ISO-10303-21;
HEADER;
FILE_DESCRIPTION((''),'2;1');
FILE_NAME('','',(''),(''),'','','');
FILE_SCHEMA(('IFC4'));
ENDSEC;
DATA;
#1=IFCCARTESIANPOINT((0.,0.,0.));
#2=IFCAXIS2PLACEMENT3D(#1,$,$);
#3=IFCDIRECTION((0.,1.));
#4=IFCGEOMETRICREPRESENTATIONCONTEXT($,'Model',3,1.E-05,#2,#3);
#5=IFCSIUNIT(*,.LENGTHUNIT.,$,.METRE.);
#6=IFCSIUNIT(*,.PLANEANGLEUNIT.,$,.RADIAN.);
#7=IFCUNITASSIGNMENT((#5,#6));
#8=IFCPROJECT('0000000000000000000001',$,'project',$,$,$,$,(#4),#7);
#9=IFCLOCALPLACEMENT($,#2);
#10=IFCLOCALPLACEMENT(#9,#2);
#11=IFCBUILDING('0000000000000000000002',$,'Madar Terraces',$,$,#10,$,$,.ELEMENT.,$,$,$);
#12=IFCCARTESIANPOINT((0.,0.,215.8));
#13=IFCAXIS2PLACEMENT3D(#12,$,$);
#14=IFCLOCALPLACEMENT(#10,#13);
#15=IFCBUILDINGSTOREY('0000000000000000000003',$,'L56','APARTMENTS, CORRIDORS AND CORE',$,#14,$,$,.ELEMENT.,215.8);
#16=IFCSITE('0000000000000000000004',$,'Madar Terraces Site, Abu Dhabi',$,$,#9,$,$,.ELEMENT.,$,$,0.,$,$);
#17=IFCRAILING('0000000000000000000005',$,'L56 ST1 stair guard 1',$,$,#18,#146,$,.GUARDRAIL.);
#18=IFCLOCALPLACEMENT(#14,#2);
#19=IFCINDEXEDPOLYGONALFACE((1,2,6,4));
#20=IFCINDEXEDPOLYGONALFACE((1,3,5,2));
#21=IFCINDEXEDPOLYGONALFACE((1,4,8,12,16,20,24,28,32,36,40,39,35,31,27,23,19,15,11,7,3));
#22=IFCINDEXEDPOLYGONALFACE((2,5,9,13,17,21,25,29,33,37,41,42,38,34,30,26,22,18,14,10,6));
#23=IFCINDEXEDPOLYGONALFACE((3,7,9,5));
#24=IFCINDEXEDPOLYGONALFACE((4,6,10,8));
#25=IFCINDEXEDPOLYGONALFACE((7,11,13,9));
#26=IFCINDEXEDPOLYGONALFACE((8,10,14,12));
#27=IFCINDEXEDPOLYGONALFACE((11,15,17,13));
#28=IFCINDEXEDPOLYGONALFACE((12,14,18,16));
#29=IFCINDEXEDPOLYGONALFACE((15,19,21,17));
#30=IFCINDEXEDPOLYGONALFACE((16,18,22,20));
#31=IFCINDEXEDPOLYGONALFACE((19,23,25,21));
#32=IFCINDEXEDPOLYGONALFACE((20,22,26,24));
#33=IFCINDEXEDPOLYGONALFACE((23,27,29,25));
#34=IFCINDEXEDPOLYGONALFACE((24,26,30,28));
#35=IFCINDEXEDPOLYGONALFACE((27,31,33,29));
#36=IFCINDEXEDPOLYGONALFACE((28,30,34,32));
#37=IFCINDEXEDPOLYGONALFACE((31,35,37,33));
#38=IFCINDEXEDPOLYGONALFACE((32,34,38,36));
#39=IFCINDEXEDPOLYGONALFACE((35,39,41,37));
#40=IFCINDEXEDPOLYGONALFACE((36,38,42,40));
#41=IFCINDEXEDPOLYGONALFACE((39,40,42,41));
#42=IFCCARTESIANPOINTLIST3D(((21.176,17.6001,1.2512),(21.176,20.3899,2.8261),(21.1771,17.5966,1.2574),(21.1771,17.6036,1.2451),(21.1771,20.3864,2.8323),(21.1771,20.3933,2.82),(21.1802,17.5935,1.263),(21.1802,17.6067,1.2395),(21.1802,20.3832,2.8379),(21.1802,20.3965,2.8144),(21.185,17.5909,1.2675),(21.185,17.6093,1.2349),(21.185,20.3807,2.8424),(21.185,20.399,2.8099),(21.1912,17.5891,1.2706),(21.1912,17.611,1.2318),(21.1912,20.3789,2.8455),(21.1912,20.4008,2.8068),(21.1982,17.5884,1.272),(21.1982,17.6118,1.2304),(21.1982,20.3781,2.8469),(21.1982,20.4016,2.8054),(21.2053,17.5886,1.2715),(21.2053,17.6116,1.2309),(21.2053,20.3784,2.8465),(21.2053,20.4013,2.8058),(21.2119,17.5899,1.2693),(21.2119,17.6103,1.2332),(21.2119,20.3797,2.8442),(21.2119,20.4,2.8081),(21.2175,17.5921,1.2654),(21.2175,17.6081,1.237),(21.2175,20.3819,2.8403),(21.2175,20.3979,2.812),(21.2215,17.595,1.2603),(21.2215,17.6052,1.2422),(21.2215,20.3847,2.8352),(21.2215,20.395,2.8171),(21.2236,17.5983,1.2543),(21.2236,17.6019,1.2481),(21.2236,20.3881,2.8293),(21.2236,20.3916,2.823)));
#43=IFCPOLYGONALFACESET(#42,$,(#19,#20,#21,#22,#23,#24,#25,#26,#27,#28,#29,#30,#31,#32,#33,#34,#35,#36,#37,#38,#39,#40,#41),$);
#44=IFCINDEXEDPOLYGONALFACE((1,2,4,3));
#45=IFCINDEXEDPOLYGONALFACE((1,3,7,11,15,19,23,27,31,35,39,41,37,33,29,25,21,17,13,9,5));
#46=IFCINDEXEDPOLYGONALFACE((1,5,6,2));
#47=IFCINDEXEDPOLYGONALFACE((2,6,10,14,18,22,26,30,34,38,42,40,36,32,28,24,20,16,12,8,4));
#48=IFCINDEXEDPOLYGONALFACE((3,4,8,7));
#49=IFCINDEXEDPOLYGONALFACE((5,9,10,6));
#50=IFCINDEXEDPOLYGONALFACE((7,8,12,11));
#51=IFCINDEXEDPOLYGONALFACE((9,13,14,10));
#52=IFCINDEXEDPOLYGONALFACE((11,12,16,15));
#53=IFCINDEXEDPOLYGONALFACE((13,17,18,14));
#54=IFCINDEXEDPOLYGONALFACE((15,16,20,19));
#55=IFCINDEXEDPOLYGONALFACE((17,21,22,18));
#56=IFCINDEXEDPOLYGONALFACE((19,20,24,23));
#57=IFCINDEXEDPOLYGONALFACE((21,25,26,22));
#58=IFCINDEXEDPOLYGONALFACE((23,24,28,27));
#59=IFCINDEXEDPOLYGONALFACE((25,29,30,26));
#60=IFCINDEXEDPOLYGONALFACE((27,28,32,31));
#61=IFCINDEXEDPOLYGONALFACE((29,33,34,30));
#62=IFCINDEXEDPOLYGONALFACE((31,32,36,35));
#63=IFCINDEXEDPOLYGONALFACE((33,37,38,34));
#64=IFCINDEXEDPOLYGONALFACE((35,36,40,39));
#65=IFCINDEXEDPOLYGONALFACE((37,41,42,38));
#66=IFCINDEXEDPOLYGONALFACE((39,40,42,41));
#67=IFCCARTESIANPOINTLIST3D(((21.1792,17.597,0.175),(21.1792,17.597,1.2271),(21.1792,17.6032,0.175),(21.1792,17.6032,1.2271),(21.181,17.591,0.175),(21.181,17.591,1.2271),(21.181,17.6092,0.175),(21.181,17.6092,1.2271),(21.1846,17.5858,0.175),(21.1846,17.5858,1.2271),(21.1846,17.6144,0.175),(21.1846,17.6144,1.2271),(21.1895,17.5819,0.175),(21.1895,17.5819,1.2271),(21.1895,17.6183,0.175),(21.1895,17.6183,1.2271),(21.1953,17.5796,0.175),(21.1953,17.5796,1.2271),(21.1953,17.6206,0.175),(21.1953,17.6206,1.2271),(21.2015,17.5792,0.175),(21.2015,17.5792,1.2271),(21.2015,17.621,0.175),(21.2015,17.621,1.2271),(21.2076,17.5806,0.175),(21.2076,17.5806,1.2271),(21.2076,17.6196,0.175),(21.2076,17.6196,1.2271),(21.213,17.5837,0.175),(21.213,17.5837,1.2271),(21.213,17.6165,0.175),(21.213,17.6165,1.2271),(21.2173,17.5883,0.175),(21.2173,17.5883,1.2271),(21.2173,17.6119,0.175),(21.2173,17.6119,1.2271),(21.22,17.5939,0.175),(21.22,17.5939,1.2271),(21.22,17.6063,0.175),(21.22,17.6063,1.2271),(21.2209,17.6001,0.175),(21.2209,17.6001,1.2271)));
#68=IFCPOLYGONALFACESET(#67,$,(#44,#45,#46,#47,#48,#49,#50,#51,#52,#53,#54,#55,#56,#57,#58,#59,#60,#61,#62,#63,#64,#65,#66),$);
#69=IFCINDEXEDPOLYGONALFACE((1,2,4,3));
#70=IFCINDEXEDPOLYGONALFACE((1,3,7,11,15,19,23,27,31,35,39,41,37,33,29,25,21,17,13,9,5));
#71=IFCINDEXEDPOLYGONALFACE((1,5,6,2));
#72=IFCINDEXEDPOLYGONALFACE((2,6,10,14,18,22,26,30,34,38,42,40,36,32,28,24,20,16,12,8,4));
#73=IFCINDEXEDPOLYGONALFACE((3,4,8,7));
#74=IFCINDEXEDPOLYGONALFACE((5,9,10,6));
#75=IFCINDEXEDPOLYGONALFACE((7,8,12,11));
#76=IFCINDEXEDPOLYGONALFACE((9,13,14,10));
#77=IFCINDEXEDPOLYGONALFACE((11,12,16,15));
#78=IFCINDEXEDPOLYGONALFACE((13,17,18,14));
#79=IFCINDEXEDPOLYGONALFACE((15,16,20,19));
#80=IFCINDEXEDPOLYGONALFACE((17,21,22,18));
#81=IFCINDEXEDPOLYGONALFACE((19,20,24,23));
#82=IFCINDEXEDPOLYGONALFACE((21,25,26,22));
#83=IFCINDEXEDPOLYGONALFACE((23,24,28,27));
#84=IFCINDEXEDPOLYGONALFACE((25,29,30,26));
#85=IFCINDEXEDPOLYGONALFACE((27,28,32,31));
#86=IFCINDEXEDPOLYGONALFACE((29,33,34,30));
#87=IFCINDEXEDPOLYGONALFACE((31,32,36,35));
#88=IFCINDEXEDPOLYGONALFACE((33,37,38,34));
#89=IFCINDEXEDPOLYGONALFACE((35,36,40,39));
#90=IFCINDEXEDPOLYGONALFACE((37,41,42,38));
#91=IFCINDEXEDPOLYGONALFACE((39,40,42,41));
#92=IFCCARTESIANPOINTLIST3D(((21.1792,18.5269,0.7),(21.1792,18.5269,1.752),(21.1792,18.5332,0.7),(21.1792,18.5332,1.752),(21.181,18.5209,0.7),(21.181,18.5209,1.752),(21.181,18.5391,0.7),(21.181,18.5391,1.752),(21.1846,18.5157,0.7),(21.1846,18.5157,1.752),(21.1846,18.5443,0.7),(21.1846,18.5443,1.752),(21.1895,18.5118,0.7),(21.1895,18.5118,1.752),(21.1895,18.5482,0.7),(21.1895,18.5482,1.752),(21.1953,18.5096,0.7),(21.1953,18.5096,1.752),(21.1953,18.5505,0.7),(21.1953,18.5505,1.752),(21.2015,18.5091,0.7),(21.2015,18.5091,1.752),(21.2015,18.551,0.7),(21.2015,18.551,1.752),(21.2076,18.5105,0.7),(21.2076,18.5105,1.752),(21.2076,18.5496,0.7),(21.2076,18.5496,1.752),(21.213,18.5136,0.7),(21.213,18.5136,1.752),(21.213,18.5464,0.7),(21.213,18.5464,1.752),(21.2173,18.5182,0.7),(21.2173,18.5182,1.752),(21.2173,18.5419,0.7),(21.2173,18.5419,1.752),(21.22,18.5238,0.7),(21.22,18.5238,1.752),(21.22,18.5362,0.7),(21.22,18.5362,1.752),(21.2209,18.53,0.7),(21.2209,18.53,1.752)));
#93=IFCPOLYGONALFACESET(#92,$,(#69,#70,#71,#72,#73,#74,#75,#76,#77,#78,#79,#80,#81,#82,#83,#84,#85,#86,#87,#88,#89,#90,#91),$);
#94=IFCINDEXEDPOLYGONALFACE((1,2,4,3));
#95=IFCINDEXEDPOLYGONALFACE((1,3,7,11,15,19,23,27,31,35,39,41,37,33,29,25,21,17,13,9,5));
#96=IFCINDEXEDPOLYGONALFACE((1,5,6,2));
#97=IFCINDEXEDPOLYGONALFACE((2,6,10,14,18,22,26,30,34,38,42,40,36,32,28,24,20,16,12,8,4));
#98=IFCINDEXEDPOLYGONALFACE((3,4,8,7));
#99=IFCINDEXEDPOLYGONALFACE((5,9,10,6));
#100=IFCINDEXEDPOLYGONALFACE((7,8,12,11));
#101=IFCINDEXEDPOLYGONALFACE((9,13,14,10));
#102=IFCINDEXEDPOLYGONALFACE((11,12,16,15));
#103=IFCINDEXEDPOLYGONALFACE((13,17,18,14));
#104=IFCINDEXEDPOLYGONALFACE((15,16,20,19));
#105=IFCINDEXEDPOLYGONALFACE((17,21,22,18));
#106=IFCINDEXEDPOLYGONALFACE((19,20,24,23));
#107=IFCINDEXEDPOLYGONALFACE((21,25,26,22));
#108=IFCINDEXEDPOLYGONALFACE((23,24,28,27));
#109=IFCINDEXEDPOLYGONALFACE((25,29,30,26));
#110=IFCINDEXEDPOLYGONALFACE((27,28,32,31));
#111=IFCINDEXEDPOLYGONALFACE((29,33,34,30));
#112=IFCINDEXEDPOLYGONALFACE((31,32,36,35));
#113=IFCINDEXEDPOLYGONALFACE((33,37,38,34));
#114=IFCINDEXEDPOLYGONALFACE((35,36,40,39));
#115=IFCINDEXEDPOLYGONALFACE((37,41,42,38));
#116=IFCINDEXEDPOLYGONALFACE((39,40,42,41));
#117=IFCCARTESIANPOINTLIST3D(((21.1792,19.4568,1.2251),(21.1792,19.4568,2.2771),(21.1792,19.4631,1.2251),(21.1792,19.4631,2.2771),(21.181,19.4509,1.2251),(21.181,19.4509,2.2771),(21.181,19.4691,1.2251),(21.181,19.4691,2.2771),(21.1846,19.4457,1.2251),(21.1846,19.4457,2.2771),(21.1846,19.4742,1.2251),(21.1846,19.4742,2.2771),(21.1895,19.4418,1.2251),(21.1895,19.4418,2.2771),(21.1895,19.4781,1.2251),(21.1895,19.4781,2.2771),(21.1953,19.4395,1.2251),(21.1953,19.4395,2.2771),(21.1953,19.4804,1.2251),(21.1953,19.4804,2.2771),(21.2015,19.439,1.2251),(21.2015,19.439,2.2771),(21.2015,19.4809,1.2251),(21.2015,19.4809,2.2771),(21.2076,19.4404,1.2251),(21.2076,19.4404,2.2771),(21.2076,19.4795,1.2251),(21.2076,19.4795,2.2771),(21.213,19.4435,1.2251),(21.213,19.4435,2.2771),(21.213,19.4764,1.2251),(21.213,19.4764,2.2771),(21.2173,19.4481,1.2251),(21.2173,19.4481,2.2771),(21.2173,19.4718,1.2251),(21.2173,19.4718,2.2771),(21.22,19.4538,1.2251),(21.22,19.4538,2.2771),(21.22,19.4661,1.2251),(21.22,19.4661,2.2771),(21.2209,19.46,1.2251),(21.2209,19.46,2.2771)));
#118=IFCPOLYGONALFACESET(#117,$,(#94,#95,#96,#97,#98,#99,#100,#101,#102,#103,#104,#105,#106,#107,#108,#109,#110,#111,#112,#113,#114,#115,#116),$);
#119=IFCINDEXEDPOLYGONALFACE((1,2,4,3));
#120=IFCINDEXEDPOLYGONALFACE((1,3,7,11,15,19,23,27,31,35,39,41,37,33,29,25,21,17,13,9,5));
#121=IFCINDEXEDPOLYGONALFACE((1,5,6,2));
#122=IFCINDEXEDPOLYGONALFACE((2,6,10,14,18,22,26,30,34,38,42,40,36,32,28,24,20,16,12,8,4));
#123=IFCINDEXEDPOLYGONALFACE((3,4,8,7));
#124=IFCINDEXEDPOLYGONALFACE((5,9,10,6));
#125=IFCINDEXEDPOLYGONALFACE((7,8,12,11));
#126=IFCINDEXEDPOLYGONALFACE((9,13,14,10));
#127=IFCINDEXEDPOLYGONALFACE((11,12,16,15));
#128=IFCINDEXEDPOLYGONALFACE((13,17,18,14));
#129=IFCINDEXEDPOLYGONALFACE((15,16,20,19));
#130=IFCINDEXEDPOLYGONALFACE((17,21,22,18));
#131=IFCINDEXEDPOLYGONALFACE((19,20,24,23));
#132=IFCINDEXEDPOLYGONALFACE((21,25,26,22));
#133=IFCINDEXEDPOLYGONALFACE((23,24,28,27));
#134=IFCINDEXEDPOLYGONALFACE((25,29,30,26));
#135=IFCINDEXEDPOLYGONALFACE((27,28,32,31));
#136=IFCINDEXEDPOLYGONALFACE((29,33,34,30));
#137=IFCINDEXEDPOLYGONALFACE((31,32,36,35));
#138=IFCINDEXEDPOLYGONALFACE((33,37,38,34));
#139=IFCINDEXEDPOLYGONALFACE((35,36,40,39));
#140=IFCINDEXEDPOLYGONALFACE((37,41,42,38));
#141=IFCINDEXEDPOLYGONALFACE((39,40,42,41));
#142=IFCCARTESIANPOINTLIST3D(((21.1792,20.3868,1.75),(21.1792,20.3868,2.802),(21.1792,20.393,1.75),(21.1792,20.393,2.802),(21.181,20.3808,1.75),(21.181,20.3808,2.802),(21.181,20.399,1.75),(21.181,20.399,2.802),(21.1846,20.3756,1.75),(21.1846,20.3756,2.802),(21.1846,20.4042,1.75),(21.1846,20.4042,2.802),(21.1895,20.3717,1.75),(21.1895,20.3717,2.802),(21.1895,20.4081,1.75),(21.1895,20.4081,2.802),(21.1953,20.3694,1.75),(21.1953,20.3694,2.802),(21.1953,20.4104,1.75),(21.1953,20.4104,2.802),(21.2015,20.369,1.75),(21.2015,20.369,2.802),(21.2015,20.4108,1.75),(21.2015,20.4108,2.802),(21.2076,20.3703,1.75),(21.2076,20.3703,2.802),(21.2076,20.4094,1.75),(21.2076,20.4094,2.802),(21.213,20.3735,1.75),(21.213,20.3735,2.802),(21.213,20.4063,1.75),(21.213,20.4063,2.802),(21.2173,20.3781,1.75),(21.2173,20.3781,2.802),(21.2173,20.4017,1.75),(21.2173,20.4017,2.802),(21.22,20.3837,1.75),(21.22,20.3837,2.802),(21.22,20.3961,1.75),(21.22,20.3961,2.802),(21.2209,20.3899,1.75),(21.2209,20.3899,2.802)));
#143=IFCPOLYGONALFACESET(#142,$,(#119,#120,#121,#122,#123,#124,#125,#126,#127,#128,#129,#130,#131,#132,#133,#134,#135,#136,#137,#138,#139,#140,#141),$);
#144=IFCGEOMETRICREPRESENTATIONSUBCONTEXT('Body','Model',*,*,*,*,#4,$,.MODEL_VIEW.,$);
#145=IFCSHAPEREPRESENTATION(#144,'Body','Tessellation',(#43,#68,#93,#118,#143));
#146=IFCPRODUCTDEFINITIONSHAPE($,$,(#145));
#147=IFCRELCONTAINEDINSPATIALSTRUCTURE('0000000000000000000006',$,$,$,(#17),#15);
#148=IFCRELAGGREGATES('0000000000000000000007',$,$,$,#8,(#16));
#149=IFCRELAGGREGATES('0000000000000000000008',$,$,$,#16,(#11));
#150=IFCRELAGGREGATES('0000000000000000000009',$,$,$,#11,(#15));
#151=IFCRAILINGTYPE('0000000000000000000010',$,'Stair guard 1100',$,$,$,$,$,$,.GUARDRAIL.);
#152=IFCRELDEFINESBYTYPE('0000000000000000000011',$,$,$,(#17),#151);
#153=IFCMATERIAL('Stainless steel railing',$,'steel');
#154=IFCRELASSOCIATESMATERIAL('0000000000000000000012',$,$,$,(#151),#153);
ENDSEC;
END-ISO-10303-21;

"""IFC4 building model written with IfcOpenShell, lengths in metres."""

from ifc_helpers import new_model, si_unit, direction, frame, origin, origin_2d, place, context, subcontext, project, spatial, circle, extrude, material, type_object, element, save


model = new_model("IFC4")

# Units and contexts
model_context = context("Model", 3, precision=1e-05, world=origin(), true_north=direction((0.0, 1.0)))
body_context = subcontext(model_context, "Body", "Model", "MODEL_VIEW")
ifc_project = project(units=[si_unit("LENGTHUNIT", "METRE"), si_unit("PLANEANGLEUNIT", "RADIAN")], contexts=[model_context])

# Site, building, storey
site_placement = place(None, origin())
site = spatial("IfcSite", under=ifc_project, at=site_placement, Name="Madar Terraces Site, Abu Dhabi", CompositionType="ELEMENT", RefElevation=0.0)
building_placement = place(site_placement, origin())
building = spatial("IfcBuilding", under=site, at=building_placement, Name="Madar Terraces", CompositionType="ELEMENT")
storey_placement = place(building_placement, frame((0.0, 0.0, 215.8)))
storey = spatial("IfcBuildingStorey", under=building, at=storey_placement, Name="L56", Description="APARTMENTS, CORRIDORS AND CORE", CompositionType="ELEMENT", Elevation=215.8)

# Railing
ifc_material_1 = material(Name="Stainless steel railing", Category="steel")
railing_type_1 = type_object("IfcRailingType", Name="Stair guard 1100", PredefinedType="GUARDRAIL", material=ifc_material_1)
railing_1_placement = place(storey_placement, frame((21.2, 17.6001, 0.175)))
element("IfcRailing", 1, at=railing_1_placement, inside=storey, type_object=railing_type_1, Name="L56 ST1 stair guard 1", PredefinedType="GUARDRAIL", context=body_context, shape_type="SweptSolid", body=[
    extrude(circle(Radius=0.0239, at=origin_2d()), frame((0.0, 0.0, 1.0762), z_axis=(0.0, 0.870815, 0.49161), x_axis=(-1.0, 0.0, 0.0)), (0.0, 0.0, 1.0), 3.2036),
    extrude(circle(Radius=0.021, at=origin_2d()), origin(), (0.0, 0.0, 1.0), 1.052),
    extrude(circle(Radius=0.021, at=origin_2d()), frame((0.0, 0.9299, 0.5249)), (0.0, 0.0, 1.0), 1.052),
    extrude(circle(Radius=0.021, at=origin_2d()), frame((0.0, 1.8599, 1.05)), (0.0, 0.0, 1.0), 1.052),
    extrude(circle(Radius=0.021, at=origin_2d()), frame((0.0, 2.7898, 1.575)), (0.0, 0.0, 1.0), 1.052),
])

save(model, "model.ifc")
